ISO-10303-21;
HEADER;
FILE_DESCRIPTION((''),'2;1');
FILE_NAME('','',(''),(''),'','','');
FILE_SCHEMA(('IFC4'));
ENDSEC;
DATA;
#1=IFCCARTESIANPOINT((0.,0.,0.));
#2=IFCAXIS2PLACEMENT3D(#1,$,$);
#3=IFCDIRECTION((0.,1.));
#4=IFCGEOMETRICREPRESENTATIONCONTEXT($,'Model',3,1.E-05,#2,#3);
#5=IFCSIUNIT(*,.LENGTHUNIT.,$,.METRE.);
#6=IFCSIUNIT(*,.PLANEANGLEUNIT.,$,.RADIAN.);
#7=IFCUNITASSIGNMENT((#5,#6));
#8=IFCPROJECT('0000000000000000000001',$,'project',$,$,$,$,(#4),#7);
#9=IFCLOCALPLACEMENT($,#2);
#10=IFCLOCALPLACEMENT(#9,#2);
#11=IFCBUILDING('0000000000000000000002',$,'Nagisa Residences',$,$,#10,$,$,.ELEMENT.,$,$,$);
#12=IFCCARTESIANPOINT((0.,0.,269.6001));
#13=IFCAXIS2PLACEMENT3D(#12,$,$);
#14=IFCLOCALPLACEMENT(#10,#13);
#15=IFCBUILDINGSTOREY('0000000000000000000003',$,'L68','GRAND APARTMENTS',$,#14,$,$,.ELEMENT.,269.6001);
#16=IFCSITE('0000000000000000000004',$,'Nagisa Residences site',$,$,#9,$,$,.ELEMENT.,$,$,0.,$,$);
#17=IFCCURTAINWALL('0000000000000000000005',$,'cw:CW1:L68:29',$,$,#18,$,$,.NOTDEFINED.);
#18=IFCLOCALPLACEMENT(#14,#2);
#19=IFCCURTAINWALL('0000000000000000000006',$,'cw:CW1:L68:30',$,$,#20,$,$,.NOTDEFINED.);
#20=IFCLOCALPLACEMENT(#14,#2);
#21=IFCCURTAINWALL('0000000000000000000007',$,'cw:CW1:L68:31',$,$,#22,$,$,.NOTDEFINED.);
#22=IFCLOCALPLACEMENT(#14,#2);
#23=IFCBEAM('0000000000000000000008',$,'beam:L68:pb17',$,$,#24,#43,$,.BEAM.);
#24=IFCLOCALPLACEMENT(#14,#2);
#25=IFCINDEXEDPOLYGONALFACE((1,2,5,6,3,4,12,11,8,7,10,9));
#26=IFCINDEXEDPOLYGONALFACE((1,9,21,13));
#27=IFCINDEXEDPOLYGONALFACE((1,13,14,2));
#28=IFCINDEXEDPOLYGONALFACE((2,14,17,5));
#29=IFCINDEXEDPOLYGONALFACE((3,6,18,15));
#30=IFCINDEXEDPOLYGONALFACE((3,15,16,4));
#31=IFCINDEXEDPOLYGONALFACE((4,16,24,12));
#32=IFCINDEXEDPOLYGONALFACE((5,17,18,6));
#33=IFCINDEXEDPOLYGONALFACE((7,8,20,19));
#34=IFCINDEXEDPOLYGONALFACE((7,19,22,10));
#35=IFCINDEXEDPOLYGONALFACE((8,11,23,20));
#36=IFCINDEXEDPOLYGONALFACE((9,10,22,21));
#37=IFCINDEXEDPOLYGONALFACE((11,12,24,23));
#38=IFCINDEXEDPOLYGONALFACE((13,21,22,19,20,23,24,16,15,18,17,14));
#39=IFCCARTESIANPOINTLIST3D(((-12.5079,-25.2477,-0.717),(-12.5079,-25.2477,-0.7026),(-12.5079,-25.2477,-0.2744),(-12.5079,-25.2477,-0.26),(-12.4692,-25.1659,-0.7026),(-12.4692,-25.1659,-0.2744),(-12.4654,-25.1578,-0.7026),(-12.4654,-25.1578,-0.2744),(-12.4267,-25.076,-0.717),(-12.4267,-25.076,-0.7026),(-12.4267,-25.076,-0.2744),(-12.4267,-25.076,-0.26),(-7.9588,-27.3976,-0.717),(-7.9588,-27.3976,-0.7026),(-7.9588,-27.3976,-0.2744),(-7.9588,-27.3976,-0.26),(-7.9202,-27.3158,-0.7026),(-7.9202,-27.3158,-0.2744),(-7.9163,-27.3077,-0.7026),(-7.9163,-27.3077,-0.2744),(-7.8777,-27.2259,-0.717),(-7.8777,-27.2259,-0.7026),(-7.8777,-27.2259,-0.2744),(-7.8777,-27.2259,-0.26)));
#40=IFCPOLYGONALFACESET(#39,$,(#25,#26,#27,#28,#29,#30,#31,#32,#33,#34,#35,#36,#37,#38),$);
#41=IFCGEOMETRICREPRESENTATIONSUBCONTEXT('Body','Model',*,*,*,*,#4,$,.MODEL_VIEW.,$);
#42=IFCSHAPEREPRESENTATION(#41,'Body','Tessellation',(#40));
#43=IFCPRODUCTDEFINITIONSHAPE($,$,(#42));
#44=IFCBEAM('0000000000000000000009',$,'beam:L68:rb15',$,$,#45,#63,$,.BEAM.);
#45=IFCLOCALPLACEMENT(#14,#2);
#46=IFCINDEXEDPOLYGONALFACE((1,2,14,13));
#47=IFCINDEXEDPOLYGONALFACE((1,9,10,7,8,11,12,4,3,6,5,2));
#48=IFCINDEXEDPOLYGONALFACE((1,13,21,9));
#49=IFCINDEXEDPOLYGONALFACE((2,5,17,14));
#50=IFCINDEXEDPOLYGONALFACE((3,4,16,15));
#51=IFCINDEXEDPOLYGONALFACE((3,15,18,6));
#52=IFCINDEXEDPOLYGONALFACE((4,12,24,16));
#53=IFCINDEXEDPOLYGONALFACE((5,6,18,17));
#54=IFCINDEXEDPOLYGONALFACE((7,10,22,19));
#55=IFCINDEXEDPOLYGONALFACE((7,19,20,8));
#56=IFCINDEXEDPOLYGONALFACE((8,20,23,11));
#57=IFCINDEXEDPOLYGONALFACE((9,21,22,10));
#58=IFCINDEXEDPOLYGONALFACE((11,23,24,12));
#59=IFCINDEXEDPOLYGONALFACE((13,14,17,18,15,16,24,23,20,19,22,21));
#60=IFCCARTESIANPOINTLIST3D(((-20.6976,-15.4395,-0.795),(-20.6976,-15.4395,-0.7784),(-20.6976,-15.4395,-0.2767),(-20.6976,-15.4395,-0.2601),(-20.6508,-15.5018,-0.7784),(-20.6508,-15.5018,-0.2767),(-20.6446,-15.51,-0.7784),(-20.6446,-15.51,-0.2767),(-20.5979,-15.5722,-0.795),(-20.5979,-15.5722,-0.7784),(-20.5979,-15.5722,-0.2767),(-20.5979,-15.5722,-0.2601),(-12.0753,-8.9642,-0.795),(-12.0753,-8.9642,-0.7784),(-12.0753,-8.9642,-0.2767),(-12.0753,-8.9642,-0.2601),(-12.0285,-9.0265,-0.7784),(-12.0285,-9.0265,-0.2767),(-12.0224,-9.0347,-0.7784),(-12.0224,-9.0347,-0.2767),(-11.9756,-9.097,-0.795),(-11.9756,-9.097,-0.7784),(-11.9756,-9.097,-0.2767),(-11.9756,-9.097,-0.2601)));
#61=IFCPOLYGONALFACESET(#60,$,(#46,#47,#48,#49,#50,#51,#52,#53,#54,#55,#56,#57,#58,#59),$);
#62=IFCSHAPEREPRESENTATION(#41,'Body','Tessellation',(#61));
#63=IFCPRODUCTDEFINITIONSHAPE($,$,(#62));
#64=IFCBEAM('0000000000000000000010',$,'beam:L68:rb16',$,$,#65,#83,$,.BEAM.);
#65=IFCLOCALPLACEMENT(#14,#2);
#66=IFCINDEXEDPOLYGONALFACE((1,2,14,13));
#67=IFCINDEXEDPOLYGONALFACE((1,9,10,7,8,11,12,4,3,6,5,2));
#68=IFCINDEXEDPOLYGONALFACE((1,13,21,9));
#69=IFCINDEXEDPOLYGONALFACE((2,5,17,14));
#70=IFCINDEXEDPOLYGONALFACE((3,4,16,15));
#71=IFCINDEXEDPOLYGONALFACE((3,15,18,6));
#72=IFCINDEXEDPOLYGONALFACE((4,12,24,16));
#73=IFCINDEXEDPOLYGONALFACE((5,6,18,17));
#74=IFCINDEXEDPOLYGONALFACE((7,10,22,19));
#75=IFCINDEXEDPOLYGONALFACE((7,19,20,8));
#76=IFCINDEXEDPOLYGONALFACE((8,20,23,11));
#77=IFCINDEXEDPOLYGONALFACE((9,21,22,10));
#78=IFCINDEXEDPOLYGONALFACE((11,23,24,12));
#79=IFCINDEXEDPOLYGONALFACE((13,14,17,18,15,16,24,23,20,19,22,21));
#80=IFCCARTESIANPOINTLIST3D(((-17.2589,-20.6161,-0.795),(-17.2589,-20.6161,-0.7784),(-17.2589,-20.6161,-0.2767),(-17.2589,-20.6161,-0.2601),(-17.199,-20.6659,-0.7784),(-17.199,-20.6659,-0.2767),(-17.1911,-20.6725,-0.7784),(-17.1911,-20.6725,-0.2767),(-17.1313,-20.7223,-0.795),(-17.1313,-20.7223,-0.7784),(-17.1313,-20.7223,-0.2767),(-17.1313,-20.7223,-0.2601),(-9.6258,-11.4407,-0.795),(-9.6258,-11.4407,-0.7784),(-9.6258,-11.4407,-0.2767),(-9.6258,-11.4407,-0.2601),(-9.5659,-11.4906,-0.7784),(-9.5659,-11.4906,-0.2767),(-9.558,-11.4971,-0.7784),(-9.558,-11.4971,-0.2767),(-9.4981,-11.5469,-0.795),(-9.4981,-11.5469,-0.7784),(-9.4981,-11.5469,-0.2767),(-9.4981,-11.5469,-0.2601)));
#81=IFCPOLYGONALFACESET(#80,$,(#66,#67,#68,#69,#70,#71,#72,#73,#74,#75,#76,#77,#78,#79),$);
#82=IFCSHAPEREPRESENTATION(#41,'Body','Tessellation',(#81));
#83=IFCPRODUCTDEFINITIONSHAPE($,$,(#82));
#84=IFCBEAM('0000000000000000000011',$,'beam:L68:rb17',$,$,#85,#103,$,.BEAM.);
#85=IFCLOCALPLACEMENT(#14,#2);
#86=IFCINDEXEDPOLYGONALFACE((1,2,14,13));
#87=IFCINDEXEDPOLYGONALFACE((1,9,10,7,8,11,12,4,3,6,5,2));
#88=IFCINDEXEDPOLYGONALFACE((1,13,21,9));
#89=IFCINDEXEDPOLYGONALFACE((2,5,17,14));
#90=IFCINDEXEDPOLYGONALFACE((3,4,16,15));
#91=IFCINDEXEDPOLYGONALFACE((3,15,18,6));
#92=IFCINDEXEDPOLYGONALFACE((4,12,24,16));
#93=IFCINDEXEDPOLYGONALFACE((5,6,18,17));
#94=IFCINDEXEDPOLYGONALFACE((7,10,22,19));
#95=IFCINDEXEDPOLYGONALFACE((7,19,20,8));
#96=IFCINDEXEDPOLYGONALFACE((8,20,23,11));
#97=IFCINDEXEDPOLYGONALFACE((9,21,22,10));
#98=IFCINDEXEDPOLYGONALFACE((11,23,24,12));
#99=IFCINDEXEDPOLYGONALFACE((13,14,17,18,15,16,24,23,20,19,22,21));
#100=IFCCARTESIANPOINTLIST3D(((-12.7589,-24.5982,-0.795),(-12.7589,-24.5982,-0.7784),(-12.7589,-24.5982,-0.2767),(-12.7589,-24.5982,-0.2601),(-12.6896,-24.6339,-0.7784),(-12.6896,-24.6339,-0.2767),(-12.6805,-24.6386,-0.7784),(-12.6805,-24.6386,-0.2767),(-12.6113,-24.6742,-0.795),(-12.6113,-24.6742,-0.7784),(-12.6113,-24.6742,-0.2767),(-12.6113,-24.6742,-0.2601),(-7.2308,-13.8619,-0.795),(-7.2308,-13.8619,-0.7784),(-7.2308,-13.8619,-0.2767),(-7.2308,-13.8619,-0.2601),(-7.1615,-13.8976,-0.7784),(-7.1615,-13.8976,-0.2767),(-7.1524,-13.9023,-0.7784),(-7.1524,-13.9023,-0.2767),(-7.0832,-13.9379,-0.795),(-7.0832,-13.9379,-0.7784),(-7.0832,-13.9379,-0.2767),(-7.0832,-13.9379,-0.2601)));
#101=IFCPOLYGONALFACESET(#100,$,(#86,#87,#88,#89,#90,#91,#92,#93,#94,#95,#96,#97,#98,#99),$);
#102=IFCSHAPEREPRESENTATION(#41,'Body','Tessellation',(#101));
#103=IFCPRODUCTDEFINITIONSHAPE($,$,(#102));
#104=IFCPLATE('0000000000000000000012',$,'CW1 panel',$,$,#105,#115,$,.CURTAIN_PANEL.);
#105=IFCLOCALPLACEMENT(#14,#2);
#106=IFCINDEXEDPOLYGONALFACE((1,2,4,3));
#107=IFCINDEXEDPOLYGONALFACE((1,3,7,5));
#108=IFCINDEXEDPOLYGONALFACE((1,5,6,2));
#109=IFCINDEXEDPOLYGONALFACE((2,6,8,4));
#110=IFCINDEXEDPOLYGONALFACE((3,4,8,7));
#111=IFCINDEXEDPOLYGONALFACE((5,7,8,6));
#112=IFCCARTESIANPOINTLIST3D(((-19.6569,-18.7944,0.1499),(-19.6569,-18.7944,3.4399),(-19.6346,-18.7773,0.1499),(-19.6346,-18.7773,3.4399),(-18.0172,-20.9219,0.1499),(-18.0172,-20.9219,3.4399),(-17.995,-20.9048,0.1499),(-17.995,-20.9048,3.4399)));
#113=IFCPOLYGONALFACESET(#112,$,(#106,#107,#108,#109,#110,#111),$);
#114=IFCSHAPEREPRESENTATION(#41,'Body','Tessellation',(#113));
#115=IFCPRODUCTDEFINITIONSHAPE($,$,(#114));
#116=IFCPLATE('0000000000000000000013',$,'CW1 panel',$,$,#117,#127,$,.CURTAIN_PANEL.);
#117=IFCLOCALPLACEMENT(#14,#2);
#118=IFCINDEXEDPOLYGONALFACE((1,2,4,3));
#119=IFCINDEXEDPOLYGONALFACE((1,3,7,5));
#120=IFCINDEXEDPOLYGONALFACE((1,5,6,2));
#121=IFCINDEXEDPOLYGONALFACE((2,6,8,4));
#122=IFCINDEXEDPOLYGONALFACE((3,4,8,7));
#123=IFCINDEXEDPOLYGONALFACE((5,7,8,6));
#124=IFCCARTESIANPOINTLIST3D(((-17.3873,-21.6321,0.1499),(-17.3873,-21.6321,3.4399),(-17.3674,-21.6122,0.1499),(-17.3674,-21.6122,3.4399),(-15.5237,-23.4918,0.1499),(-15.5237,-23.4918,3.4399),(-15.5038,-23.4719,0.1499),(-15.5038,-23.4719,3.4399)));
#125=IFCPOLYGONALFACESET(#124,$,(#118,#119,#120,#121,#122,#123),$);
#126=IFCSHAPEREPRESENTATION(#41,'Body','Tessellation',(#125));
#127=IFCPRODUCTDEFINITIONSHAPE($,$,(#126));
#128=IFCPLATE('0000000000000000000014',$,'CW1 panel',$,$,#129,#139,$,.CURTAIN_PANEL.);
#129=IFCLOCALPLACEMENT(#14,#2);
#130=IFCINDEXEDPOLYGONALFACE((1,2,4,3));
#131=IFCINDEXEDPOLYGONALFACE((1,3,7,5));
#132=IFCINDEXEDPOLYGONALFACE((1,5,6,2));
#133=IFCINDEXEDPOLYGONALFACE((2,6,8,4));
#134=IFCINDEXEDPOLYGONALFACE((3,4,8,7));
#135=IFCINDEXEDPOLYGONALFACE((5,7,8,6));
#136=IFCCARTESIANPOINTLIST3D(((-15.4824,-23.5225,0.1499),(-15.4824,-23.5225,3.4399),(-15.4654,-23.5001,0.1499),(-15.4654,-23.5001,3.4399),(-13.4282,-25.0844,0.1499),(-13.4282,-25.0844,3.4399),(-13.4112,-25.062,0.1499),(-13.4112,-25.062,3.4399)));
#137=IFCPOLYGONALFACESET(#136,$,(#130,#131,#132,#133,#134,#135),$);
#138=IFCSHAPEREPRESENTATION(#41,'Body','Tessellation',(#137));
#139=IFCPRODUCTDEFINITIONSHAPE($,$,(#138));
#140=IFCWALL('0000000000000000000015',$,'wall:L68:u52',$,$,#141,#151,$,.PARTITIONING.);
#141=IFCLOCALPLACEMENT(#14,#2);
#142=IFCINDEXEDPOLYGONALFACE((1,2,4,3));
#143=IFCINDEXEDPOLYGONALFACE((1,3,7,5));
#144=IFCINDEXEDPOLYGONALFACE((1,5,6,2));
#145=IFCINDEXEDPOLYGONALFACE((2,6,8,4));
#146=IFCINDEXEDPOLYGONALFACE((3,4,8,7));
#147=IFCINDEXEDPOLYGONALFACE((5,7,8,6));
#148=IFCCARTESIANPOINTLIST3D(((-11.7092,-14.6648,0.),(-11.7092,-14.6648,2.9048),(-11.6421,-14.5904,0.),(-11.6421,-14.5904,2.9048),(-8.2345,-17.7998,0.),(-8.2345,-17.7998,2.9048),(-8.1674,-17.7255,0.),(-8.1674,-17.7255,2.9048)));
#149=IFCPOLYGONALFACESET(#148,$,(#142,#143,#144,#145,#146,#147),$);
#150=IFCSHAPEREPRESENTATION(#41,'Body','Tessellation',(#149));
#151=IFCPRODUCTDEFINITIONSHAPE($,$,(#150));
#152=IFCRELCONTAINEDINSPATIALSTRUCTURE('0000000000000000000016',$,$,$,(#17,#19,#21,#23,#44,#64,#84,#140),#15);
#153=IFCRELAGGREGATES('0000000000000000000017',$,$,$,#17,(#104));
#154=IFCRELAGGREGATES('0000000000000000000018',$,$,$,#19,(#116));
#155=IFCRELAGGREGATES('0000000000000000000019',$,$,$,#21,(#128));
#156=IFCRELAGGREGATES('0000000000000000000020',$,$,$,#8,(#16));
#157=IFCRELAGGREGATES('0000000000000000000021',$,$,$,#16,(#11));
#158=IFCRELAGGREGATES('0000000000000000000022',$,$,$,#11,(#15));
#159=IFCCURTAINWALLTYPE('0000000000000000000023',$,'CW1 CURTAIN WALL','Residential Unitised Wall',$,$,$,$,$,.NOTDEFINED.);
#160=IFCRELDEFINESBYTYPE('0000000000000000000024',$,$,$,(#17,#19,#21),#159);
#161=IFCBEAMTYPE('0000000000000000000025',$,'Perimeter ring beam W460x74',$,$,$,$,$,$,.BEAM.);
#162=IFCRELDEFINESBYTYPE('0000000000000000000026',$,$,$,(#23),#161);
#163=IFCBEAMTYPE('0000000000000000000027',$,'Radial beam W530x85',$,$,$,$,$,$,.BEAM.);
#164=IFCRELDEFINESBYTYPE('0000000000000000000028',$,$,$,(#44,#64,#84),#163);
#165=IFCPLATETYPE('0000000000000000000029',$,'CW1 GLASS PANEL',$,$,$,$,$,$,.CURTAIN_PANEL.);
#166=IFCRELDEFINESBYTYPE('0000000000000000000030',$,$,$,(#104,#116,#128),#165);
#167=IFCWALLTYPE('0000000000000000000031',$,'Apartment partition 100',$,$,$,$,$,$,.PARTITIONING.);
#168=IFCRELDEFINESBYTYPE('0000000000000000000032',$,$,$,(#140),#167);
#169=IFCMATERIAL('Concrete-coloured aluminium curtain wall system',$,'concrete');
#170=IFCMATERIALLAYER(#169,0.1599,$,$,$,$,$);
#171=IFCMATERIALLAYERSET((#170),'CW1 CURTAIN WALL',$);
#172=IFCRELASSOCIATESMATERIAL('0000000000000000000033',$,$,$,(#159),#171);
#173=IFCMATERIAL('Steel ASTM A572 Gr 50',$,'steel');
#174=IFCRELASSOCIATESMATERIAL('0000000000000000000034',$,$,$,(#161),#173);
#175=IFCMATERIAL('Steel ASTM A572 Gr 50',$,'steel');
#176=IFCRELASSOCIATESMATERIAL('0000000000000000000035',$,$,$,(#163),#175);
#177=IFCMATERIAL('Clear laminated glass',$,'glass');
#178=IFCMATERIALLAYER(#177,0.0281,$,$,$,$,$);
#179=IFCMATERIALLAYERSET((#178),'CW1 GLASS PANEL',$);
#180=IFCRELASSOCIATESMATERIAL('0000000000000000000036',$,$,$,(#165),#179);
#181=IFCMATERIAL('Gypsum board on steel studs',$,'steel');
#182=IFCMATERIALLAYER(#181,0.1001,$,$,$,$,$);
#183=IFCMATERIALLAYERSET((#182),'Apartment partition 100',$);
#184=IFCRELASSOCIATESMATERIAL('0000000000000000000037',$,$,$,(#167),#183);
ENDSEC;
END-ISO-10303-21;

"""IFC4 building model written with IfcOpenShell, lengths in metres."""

from ifc_helpers import new_model, si_unit, direction, frame, frame_2d, origin, origin_2d, place, context, subcontext, project, spatial, rectangle, i_section, extrude, material, layer, layer_set, material_profile, profile_set, type_object, element, aggregate, save


model = new_model("IFC4")

# Units and contexts
model_context = context("Model", 3, precision=1e-05, world=origin(), true_north=direction((0.0, 1.0)))
body_context = subcontext(model_context, "Body", "Model", "MODEL_VIEW")
ifc_project = project(units=[si_unit("LENGTHUNIT", "METRE"), si_unit("PLANEANGLEUNIT", "RADIAN")], contexts=[model_context])

# Site, building, storey
site_placement = place(None, origin())
site = spatial("IfcSite", under=ifc_project, at=site_placement, Name="Nagisa Residences site", CompositionType="ELEMENT", RefElevation=0.0)
building_placement = place(site_placement, origin())
building = spatial("IfcBuilding", under=site, at=building_placement, Name="Nagisa Residences", CompositionType="ELEMENT")
storey_placement = place(building_placement, frame((0.0, 0.0, 269.6001)))
storey = spatial("IfcBuildingStorey", under=building, at=storey_placement, Name="L68", Description="GRAND APARTMENTS", CompositionType="ELEMENT", Elevation=269.6001)

# Curtain walls
ifc_material_1 = material(Name="Concrete-coloured aluminium curtain wall system", Category="concrete")
ifc_layer_1 = layer(ifc_material_1, 0.1599)
ifc_layer_set_1 = layer_set([ifc_layer_1], Name="CW1 CURTAIN WALL")
curtain_wall_type = type_object("IfcCurtainWallType", Name="CW1 CURTAIN WALL", Description="Residential Unitised Wall", PredefinedType="NOTDEFINED", material=ifc_layer_set_1)
curtain_wall_1_placement = place(storey_placement, origin())
curtain_wall_1 = element("IfcCurtainWall", 1, at=curtain_wall_1_placement, inside=storey, type_object=curtain_wall_type, Name="cw:CW1:L68:29", PredefinedType="NOTDEFINED")
curtain_wall_2_placement = place(storey_placement, origin())
curtain_wall_2 = element("IfcCurtainWall", 2, at=curtain_wall_2_placement, inside=storey, type_object=curtain_wall_type, Name="cw:CW1:L68:30", PredefinedType="NOTDEFINED")
curtain_wall_3_placement = place(storey_placement, origin())
curtain_wall_3 = element("IfcCurtainWall", 3, at=curtain_wall_3_placement, inside=storey, type_object=curtain_wall_type, Name="cw:CW1:L68:31", PredefinedType="NOTDEFINED")

# Beams
ifc_material_2 = material(Name="Steel ASTM A572 Gr 50", Category="steel")
ifc_material_profile_1 = material_profile(ifc_material_2, i_section(OverallWidth=0.1899, OverallDepth=0.457, WebThickness=0.009, FlangeThickness=0.0144, at=origin_2d()), Name="W460x74")
ifc_profile_set_1 = profile_set([ifc_material_profile_1], Name="Steel ASTM A572 Gr 50")
beam_type_1 = type_object("IfcBeamType", Name="Perimeter ring beam W460x74", PredefinedType="BEAM", material=ifc_profile_set_1)
beam_1_placement = place(storey_placement, frame((-12.4673, -25.1619, -0.4885), z_axis=(0.904116, -0.427287, 0.0), x_axis=(0.427287, 0.904116, 0.0)))
element("IfcBeam", 4, at=beam_1_placement, inside=storey, type_object=beam_type_1, Name="beam:L68:pb17", PredefinedType="BEAM", context=body_context, shape_type="SweptSolid", body=[
    extrude(i_section(OverallWidth=0.1899, OverallDepth=0.457, WebThickness=0.009, FlangeThickness=0.0144, at=origin_2d()), origin(), (0.0, 0.0, 1.0), 5.0315),
])
ifc_material_3 = material(Name="Steel ASTM A572 Gr 50", Category="steel")
ifc_material_profile_2 = material_profile(ifc_material_3, i_section(OverallWidth=0.166, OverallDepth=0.5349, WebThickness=0.0103, FlangeThickness=0.0166, at=origin_2d()), Name="W530x85")
ifc_profile_set_2 = profile_set([ifc_material_profile_2], Name="Steel ASTM A572 Gr 50")
beam_type_2 = type_object("IfcBeamType", Name="Radial beam W530x85", PredefinedType="BEAM", material=ifc_profile_set_2)
beam_2_placement = place(storey_placement, frame((-20.6477, -15.5059, -0.5276), z_axis=(0.799617, 0.600511, 0.0), x_axis=(-0.600511, 0.799617, 0.0)))
element("IfcBeam", 5, at=beam_2_placement, inside=storey, type_object=beam_type_2, Name="beam:L68:rb15", PredefinedType="BEAM", context=body_context, shape_type="SweptSolid", body=[
    extrude(i_section(OverallWidth=0.166, OverallDepth=0.5349, WebThickness=0.0103, FlangeThickness=0.0166, at=origin_2d()), origin(), (0.0, 0.0, 1.0), 10.783),
])
beam_3_placement = place(storey_placement, frame((-17.1951, -20.6692, -0.5276), z_axis=(0.63954, 0.768758, 0.0), x_axis=(-0.768758, 0.63954, 0.0)))
element("IfcBeam", 6, at=beam_3_placement, inside=storey, type_object=beam_type_2, Name="beam:L68:rb16", PredefinedType="BEAM", context=body_context, shape_type="SweptSolid", body=[
    extrude(i_section(OverallWidth=0.166, OverallDepth=0.5349, WebThickness=0.0103, FlangeThickness=0.0166, at=origin_2d()), origin(), (0.0, 0.0, 1.0), 11.9353),
])
beam_4_placement = place(storey_placement, frame((-12.6851, -24.6362, -0.5276), z_axis=(0.457776, 0.889068, 0.0), x_axis=(-0.889068, 0.457776, 0.0)))
element("IfcBeam", 7, at=beam_4_placement, inside=storey, type_object=beam_type_2, Name="beam:L68:rb17", PredefinedType="BEAM", context=body_context, shape_type="SweptSolid", body=[
    extrude(i_section(OverallWidth=0.166, OverallDepth=0.5349, WebThickness=0.0103, FlangeThickness=0.0166, at=origin_2d()), origin(), (0.0, 0.0, 1.0), 12.0759),
])

# Plates
ifc_material_4 = material(Name="Clear laminated glass", Category="glass")
ifc_layer_2 = layer(ifc_material_4, 0.0281)
ifc_layer_set_2 = layer_set([ifc_layer_2], Name="CW1 GLASS PANEL")
plate_type = type_object("IfcPlateType", Name="CW1 GLASS PANEL", PredefinedType="CURTAIN_PANEL", material=ifc_layer_set_2)
plate_1_placement = place(storey_placement, frame((-18.8259, -19.8496, 0.1499), z_axis=(0.0, 0.0, 1.0), x_axis=(0.61043, -0.79207, 0.0)))
plate_1 = element("IfcPlate", 8, at=plate_1_placement, type_object=plate_type, Name="CW1 panel", PredefinedType="CURTAIN_PANEL", context=body_context, shape_type="SweptSolid", body=[
    extrude(rectangle(XDim=2.686, YDim=0.0281, at=origin_2d()), origin(), (0.0, 0.0, 1.0), 3.29),
])
aggregate(curtain_wall_1, [plate_1])
plate_2_placement = place(storey_placement, frame((-16.4456, -22.552, 0.1499), z_axis=(0.0, 0.0, 1.0), x_axis=(0.707836, -0.706377, 0.0)))
plate_2 = element("IfcPlate", 9, at=plate_2_placement, type_object=plate_type, Name="CW1 panel", PredefinedType="CURTAIN_PANEL", context=body_context, shape_type="SweptSolid", body=[
    extrude(rectangle(XDim=2.6328, YDim=0.0281, at=origin_2d()), origin(), (0.0, 0.0, 1.0), 3.29),
])
aggregate(curtain_wall_2, [plate_2])
plate_3_placement = place(storey_placement, frame((-14.4468, -24.2922, 0.1499), z_axis=(0.0, 0.0, 1.0), x_axis=(0.796031, -0.605255, 0.0)))
plate_3 = element("IfcPlate", 10, at=plate_3_placement, type_object=plate_type, Name="CW1 panel", PredefinedType="CURTAIN_PANEL", context=body_context, shape_type="SweptSolid", body=[
    extrude(rectangle(XDim=2.5806, YDim=0.0281, at=origin_2d()), origin(), (0.0, 0.0, 1.0), 3.29),
])
aggregate(curtain_wall_3, [plate_3])

# Wall
ifc_material_5 = material(Name="Gypsum board on steel studs", Category="steel")
ifc_layer_3 = layer(ifc_material_5, 0.1001)
ifc_layer_set_3 = layer_set([ifc_layer_3], Name="Apartment partition 100")
wall_type_1 = type_object("IfcWallType", Name="Apartment partition 100", PredefinedType="PARTITIONING", material=ifc_layer_set_3)
wall_1_placement = place(storey_placement, frame((-11.6755, -14.6277, 0.0), z_axis=(0.0, 0.0, 1.0), x_axis=(0.742458, -0.669892, 0.0)))
element("IfcWall", 11, at=wall_1_placement, inside=storey, type_object=wall_type_1, Name="wall:L68:u52", PredefinedType="PARTITIONING", context=body_context, shape_type="SweptSolid", body=[
    extrude(rectangle(XDim=4.6799, YDim=0.1001, at=frame_2d((2.3398, 0.0))), origin(), (0.0, 0.0, 1.0), 2.9048),
])

save(model, "model.ifc")
